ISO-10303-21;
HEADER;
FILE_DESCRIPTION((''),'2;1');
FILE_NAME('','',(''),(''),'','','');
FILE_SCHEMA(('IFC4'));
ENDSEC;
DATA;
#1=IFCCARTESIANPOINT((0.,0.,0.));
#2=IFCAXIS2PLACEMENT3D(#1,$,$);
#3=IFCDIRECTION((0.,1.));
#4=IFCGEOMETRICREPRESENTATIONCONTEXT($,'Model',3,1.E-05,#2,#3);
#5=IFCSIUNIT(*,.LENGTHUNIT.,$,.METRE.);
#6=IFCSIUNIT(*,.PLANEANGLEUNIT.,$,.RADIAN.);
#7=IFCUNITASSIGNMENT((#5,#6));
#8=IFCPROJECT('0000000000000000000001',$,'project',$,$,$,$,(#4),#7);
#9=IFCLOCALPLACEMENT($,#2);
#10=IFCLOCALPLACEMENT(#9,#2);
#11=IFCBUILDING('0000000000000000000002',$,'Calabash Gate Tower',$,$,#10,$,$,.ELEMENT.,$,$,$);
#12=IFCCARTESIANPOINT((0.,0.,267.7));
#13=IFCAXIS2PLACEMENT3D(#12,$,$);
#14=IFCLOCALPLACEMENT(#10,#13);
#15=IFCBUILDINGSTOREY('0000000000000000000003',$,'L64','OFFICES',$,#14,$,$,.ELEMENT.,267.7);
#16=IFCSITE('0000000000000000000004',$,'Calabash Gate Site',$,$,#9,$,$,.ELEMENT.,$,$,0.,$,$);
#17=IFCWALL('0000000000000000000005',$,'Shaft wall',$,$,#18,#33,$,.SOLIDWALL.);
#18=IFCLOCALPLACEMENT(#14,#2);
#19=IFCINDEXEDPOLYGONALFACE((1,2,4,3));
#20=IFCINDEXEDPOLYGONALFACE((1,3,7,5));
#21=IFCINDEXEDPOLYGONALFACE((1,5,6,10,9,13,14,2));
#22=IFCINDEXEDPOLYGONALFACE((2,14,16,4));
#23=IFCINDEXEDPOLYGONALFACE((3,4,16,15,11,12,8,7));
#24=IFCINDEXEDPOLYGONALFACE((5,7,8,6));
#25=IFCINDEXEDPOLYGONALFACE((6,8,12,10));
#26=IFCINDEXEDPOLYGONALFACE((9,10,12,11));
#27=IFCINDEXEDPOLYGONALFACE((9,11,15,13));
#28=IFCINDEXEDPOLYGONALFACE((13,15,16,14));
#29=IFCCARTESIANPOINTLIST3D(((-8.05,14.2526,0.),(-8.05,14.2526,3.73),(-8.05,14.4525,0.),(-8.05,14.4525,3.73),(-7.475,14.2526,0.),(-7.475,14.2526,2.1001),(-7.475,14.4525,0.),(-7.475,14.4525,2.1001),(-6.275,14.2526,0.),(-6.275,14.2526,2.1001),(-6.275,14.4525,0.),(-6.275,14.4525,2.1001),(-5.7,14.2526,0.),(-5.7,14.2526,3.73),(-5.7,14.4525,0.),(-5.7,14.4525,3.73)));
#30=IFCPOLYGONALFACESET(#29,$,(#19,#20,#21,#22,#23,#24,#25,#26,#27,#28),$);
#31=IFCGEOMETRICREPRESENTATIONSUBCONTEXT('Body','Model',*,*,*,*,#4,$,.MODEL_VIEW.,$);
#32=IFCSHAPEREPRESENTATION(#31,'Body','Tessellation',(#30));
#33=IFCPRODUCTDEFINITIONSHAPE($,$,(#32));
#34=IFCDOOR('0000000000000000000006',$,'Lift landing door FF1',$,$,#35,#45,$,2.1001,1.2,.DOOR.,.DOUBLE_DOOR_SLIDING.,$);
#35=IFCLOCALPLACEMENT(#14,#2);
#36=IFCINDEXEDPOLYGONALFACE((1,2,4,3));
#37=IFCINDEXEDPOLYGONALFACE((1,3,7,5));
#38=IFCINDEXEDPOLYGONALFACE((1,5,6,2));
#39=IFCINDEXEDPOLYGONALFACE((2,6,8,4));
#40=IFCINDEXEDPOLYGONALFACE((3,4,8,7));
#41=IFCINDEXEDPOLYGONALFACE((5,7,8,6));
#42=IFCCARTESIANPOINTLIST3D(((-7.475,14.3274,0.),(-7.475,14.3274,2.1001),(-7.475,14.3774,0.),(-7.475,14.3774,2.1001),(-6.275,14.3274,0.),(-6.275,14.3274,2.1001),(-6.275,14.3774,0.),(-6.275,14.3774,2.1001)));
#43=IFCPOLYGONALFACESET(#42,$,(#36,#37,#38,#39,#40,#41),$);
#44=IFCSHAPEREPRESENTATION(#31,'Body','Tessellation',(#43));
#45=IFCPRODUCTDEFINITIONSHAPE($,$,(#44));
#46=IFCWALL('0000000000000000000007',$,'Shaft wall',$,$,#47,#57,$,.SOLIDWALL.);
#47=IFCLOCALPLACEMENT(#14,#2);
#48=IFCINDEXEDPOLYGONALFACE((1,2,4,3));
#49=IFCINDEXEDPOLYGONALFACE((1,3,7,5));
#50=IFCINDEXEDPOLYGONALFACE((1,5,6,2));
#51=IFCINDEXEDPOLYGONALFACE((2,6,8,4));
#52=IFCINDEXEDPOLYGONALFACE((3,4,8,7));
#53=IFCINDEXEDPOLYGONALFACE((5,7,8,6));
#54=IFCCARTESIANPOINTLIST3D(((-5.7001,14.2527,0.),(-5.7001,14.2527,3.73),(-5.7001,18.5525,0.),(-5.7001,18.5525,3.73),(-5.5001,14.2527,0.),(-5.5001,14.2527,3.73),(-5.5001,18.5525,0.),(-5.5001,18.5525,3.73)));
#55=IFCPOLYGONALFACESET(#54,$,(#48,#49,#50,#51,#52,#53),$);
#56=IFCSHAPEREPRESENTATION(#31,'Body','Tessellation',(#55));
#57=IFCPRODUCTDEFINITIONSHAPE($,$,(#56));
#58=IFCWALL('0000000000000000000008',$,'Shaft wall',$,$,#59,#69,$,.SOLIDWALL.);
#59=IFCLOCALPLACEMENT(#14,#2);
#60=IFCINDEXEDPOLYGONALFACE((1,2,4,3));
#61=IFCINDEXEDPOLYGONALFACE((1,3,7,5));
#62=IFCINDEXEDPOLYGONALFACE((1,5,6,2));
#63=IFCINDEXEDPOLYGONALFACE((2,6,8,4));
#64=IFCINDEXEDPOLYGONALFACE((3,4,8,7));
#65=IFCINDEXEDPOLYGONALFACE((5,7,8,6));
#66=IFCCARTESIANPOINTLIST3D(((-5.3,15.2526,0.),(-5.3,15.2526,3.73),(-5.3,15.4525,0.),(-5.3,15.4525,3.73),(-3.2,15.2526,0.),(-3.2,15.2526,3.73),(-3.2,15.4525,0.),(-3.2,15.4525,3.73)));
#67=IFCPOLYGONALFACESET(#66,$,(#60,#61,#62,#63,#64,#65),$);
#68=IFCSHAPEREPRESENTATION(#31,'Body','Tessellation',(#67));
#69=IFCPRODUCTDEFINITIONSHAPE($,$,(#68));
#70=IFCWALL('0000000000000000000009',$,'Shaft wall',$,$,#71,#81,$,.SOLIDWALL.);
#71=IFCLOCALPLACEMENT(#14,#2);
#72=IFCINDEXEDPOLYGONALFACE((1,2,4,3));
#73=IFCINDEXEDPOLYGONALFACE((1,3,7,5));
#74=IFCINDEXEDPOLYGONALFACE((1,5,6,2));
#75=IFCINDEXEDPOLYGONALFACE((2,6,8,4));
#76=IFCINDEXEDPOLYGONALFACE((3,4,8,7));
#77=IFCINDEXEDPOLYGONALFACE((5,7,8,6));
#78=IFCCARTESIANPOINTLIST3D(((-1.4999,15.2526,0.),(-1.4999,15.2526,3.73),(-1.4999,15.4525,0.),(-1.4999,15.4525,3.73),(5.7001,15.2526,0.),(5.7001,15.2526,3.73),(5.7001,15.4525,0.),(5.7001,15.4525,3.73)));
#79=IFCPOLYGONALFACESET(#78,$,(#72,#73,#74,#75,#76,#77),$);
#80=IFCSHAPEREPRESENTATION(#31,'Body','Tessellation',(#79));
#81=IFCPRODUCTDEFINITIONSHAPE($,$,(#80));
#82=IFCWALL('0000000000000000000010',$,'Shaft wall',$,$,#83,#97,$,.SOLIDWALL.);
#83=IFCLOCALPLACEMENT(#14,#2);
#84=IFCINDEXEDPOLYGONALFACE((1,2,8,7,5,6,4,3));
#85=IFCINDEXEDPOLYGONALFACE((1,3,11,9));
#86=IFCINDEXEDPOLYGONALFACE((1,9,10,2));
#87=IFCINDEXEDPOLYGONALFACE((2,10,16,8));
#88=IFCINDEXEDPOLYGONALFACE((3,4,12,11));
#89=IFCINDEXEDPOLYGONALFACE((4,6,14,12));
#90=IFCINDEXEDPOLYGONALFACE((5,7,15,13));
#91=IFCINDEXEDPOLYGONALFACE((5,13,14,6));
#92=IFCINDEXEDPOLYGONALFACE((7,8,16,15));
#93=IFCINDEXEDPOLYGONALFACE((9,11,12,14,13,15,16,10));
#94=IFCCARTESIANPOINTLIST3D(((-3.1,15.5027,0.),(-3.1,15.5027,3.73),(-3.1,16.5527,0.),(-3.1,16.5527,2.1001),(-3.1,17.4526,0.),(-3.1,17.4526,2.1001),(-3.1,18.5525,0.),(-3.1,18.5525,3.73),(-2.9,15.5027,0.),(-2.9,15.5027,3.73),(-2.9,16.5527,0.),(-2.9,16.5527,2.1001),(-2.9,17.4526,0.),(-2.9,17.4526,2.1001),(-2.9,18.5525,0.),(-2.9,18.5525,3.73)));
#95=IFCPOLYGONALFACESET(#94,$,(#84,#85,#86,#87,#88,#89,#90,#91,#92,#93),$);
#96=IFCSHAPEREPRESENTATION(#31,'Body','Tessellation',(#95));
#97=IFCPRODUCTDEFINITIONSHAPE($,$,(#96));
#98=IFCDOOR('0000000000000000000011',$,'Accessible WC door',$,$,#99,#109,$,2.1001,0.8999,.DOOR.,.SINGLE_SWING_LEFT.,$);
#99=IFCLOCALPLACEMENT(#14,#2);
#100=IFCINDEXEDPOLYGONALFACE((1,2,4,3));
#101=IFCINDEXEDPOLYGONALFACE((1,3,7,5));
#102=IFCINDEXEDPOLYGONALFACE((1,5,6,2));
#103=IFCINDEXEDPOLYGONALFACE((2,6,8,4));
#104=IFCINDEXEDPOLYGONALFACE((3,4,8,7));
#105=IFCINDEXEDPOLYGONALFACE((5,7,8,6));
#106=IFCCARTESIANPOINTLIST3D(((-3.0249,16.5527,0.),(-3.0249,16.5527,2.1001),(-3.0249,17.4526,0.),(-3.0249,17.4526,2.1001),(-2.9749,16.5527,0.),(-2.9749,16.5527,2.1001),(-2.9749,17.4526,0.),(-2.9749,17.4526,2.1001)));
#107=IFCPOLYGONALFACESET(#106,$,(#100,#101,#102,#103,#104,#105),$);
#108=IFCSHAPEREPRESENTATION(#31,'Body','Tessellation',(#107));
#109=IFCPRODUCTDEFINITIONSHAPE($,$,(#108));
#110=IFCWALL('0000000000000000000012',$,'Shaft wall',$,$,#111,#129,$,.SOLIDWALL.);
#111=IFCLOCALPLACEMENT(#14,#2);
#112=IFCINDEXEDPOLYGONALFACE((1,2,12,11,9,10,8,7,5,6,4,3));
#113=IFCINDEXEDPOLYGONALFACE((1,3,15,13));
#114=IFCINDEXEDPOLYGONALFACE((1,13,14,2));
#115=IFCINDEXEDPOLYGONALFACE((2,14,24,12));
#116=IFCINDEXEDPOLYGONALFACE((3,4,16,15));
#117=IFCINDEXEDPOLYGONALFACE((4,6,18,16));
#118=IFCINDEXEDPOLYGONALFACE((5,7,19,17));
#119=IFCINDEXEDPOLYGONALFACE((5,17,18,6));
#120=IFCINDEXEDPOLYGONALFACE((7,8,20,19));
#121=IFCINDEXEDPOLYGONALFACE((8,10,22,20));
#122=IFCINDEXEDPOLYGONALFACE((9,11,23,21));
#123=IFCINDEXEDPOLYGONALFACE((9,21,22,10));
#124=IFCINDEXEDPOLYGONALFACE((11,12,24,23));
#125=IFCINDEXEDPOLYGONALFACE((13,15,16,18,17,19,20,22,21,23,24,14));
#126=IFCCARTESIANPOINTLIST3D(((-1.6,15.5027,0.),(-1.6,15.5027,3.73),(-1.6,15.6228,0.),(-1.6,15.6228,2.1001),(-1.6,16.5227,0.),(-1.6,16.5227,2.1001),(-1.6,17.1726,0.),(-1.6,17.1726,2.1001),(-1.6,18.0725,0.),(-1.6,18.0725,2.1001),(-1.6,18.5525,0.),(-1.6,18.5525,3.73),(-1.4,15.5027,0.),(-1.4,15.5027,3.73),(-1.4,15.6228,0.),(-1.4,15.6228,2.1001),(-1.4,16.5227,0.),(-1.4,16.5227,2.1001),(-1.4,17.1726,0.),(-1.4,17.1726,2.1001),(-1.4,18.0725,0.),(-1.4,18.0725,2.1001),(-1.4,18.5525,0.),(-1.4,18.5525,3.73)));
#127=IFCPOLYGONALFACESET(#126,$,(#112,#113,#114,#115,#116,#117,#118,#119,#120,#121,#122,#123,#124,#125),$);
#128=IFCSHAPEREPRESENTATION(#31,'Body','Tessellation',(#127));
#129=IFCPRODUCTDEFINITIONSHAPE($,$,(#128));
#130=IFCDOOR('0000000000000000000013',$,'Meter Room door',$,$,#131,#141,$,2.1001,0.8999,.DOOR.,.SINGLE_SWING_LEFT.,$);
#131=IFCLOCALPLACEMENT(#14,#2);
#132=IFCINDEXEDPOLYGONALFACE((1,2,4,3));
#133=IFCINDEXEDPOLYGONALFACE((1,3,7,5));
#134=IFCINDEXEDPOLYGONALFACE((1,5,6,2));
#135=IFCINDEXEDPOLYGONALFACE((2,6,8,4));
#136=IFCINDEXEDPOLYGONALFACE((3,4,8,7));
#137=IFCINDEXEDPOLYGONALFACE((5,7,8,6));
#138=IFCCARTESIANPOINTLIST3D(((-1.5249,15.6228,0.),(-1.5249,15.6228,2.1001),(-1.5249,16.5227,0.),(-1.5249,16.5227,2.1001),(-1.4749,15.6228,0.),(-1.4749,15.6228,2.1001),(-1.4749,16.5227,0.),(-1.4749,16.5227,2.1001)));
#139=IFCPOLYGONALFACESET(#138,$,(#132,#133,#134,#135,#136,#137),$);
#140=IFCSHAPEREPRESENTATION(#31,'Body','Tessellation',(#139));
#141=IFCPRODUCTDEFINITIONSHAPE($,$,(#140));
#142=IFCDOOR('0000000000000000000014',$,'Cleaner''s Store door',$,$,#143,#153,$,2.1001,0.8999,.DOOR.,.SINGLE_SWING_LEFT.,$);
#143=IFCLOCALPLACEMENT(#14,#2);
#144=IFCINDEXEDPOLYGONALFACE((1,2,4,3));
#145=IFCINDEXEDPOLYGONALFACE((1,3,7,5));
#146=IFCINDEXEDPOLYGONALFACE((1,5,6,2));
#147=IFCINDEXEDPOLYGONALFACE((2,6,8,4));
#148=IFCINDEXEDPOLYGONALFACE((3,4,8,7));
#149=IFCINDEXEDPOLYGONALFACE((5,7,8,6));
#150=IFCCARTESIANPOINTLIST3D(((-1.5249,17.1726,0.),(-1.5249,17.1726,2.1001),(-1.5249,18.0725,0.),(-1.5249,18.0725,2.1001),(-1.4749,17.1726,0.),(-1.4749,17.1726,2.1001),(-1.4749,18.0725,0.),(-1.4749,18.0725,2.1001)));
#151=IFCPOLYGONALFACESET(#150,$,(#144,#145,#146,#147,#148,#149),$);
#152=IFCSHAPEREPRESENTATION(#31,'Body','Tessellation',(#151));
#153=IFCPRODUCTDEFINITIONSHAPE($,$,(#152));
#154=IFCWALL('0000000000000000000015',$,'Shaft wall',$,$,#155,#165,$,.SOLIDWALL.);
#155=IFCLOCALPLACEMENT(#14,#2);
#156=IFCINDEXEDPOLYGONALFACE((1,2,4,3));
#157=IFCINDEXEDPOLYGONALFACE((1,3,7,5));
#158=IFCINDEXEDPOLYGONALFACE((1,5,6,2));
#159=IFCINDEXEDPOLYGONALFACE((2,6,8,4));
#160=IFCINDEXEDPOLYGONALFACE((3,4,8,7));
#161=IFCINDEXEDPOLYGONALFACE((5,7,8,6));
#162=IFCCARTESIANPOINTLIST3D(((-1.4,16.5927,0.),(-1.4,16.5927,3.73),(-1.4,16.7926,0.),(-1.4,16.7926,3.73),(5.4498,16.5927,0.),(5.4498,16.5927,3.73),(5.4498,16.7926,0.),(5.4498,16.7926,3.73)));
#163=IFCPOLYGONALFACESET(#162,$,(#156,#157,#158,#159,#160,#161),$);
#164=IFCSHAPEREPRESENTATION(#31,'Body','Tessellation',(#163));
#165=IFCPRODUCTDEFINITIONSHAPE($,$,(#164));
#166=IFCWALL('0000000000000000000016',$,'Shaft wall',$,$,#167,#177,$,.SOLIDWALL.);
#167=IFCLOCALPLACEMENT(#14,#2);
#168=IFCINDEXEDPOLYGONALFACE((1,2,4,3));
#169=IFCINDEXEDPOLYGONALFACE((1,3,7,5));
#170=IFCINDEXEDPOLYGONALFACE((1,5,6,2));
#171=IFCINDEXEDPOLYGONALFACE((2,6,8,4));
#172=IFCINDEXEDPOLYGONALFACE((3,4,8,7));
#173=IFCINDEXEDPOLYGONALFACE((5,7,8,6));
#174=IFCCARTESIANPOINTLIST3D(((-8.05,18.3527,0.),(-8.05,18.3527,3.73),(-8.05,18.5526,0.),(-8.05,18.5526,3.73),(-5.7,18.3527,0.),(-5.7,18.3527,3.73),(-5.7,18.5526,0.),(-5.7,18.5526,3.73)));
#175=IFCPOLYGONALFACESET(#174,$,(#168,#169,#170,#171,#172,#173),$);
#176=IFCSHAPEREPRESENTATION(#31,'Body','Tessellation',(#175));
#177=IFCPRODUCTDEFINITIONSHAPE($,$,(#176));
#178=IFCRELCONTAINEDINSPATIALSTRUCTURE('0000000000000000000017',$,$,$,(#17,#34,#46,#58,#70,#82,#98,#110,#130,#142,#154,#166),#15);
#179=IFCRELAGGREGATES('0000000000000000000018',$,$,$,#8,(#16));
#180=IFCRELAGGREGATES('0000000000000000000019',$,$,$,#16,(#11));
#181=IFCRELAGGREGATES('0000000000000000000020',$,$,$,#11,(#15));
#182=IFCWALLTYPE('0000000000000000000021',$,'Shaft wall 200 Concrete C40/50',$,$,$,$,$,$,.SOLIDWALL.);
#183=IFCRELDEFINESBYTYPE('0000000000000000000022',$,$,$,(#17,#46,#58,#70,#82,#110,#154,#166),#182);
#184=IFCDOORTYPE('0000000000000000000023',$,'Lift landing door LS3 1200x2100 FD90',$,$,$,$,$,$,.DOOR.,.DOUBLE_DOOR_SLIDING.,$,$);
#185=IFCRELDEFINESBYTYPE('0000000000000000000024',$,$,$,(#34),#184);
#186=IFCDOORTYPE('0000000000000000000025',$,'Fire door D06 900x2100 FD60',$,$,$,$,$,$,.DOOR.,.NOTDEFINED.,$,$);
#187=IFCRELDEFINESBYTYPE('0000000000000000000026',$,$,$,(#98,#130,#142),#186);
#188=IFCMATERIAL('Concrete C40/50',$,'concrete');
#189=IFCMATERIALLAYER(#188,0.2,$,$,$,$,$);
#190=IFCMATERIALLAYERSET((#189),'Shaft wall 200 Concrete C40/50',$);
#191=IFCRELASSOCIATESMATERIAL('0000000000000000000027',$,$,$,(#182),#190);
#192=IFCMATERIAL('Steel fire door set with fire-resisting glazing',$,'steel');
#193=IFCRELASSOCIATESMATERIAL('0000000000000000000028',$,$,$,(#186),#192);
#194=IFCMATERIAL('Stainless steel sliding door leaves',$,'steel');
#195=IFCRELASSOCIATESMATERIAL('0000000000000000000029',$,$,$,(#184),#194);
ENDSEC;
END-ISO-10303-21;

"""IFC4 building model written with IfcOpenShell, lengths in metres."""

from ifc_helpers import new_model, si_unit, direction, frame, frame_2d, origin, place, context, subcontext, project, spatial, rectangle, extrude, material, layer, layer_set, type_object, element, fill, save


model = new_model("IFC4")

# Units and contexts
model_context = context("Model", 3, precision=1e-05, world=origin(), true_north=direction((0.0, 1.0)))
body_context = subcontext(model_context, "Body", "Model", "MODEL_VIEW")
ifc_project = project(units=[si_unit("LENGTHUNIT", "METRE"), si_unit("PLANEANGLEUNIT", "RADIAN")], contexts=[model_context])

# Site, building, storey
site_placement = place(None, origin())
site = spatial("IfcSite", under=ifc_project, at=site_placement, Name="Calabash Gate Site", CompositionType="ELEMENT", RefElevation=0.0)
building_placement = place(site_placement, origin())
building = spatial("IfcBuilding", under=site, at=building_placement, Name="Calabash Gate Tower", CompositionType="ELEMENT")
storey_placement = place(building_placement, frame((0.0, 0.0, 267.7)))
storey = spatial("IfcBuildingStorey", under=building, at=storey_placement, Name="L64", Description="OFFICES", CompositionType="ELEMENT", Elevation=267.7)

# Shared definitions
ifc_material_1 = material(Name="Concrete C40/50", Category="concrete")
ifc_layer_1 = layer(ifc_material_1, 0.2)
ifc_layer_set_1 = layer_set([ifc_layer_1], Name="Shaft wall 200 Concrete C40/50")
wall_type_1 = type_object("IfcWallType", Name="Shaft wall 200 Concrete C40/50", PredefinedType="SOLIDWALL", material=ifc_layer_set_1)
ifc_material_2 = material(Name="Steel fire door set with fire-resisting glazing", Category="steel")
door_type_1 = type_object("IfcDoorType", Name="Fire door D06 900x2100 FD60", OperationType="NOTDEFINED", PredefinedType="DOOR", material=ifc_material_2)

# Wall, opening, door
wall_1_placement = place(storey_placement, frame((-8.05, 14.3525, 0.0), z_axis=(0.0, 0.0, 1.0), x_axis=(1.0, 0.0, 0.0)))
wall_1 = element("IfcWall", 1, at=wall_1_placement, inside=storey, type_object=wall_type_1, Name="Shaft wall", PredefinedType="SOLIDWALL", context=body_context, shape_type="SweptSolid", body=[
    extrude(rectangle(XDim=2.3501, YDim=0.2, at=frame_2d((1.175, 0.0))), origin(), (0.0, 0.0, 1.0), 3.73),
])
opening_1_placement = place(wall_1_placement, frame((0.575, 0.0, 0.0)))
opening_1 = element("IfcOpeningElement", 2, at=opening_1_placement, cuts=wall_1, PredefinedType="OPENING", context=body_context, shape_type="SweptSolid", body=[
    extrude(rectangle(XDim=1.2, YDim=2.1001, at=frame_2d((0.6001, 1.05))), frame((0.0, 0.1099, 0.0), z_axis=(0.0, -1.0, 0.0), x_axis=(1.0, 0.0, 0.0)), (0.0, 0.0, 1.0), 0.22),
])
ifc_material_3 = material(Name="Stainless steel sliding door leaves", Category="steel")
door_type_2 = type_object("IfcDoorType", Name="Lift landing door LS3 1200x2100 FD90", OperationType="DOUBLE_DOOR_SLIDING", PredefinedType="DOOR", material=ifc_material_3)
door_1_placement = place(opening_1_placement, origin())
door_1 = element("IfcDoor", 3, at=door_1_placement, inside=storey, type_object=door_type_2, Name="Lift landing door FF1", OperationType="DOUBLE_DOOR_SLIDING", OverallHeight=2.1001, OverallWidth=1.2, PredefinedType="DOOR", context=body_context, shape_type="SweptSolid", body=[
    extrude(rectangle(XDim=1.2, YDim=2.1001, at=frame_2d((0.6001, 1.05))), frame((0.0, 0.0249, 0.0), z_axis=(0.0, -1.0, 0.0), x_axis=(1.0, 0.0, 0.0)), (0.0, 0.0, 1.0), 0.05),
])
fill(opening_1, door_1)

# Walls
wall_2_placement = place(storey_placement, frame((-5.6001, 14.2527, 0.0), z_axis=(0.0, 0.0, 1.0), x_axis=(0.0, 1.0, 0.0)))
element("IfcWall", 4, at=wall_2_placement, inside=storey, type_object=wall_type_1, Name="Shaft wall", PredefinedType="SOLIDWALL", context=body_context, shape_type="SweptSolid", body=[
    extrude(rectangle(XDim=4.2998, YDim=0.2, at=frame_2d((2.1499, 0.0))), origin(), (0.0, 0.0, 1.0), 3.73),
])
wall_3_placement = place(storey_placement, frame((-5.3, 15.3525, 0.0), z_axis=(0.0, 0.0, 1.0), x_axis=(1.0, 0.0, 0.0)))
element("IfcWall", 5, at=wall_3_placement, inside=storey, type_object=wall_type_1, Name="Shaft wall", PredefinedType="SOLIDWALL", context=body_context, shape_type="SweptSolid", body=[
    extrude(rectangle(XDim=2.1001, YDim=0.2, at=frame_2d((1.05, 0.0))), origin(), (0.0, 0.0, 1.0), 3.73),
])
wall_4_placement = place(storey_placement, frame((-1.5, 15.3525, 0.0), z_axis=(0.0, 0.0, 1.0), x_axis=(1.0, 0.0, 0.0)))
element("IfcWall", 6, at=wall_4_placement, inside=storey, type_object=wall_type_1, Name="Shaft wall", PredefinedType="SOLIDWALL", context=body_context, shape_type="SweptSolid", body=[
    extrude(rectangle(XDim=7.2, YDim=0.2, at=frame_2d((3.6001, 0.0))), origin(), (0.0, 0.0, 1.0), 3.73),
])

# Wall, opening, door
wall_5_placement = place(storey_placement, frame((-3.0, 15.5027, 0.0), z_axis=(0.0, 0.0, 1.0), x_axis=(0.0, 1.0, 0.0)))
wall_5 = element("IfcWall", 7, at=wall_5_placement, inside=storey, type_object=wall_type_1, Name="Shaft wall", PredefinedType="SOLIDWALL", context=body_context, shape_type="SweptSolid", body=[
    extrude(rectangle(XDim=3.0498, YDim=0.2, at=frame_2d((1.5249, 0.0))), origin(), (0.0, 0.0, 1.0), 3.73),
])
opening_2_placement = place(wall_5_placement, frame((1.05, 0.0, 0.0)))
opening_2 = element("IfcOpeningElement", 8, at=opening_2_placement, cuts=wall_5, PredefinedType="OPENING", context=body_context, shape_type="SweptSolid", body=[
    extrude(rectangle(XDim=0.8999, YDim=2.1001, at=frame_2d((0.45, 1.05))), frame((0.0, 0.1099, 0.0), z_axis=(0.0, -1.0, 0.0), x_axis=(1.0, 0.0, 0.0)), (0.0, 0.0, 1.0), 0.22),
])
door_2_placement = place(opening_2_placement, origin())
door_2 = element("IfcDoor", 9, at=door_2_placement, inside=storey, type_object=door_type_1, Name="Accessible WC door", OperationType="SINGLE_SWING_LEFT", OverallHeight=2.1001, OverallWidth=0.8999, PredefinedType="DOOR", context=body_context, shape_type="SweptSolid", body=[
    extrude(rectangle(XDim=0.8999, YDim=2.1001, at=frame_2d((0.45, 1.05))), frame((0.0, 0.0249, 0.0), z_axis=(0.0, -1.0, 0.0), x_axis=(1.0, 0.0, 0.0)), (0.0, 0.0, 1.0), 0.05),
])
fill(opening_2, door_2)

# Wall, openings, doors
wall_6_placement = place(storey_placement, frame((-1.5, 15.5027, 0.0), z_axis=(0.0, 0.0, 1.0), x_axis=(0.0, 1.0, 0.0)))
wall_6 = element("IfcWall", 10, at=wall_6_placement, inside=storey, type_object=wall_type_1, Name="Shaft wall", PredefinedType="SOLIDWALL", context=body_context, shape_type="SweptSolid", body=[
    extrude(rectangle(XDim=3.0498, YDim=0.2, at=frame_2d((1.5249, 0.0))), origin(), (0.0, 0.0, 1.0), 3.73),
])
opening_3_placement = place(wall_6_placement, frame((0.1201, 0.0, 0.0)))
opening_3 = element("IfcOpeningElement", 11, at=opening_3_placement, cuts=wall_6, PredefinedType="OPENING", context=body_context, shape_type="SweptSolid", body=[
    extrude(rectangle(XDim=0.8999, YDim=2.1001, at=frame_2d((0.45, 1.05))), frame((0.0, 0.1099, 0.0), z_axis=(0.0, -1.0, 0.0), x_axis=(1.0, 0.0, 0.0)), (0.0, 0.0, 1.0), 0.22),
])
opening_4_placement = place(wall_6_placement, frame((1.6699, 0.0, 0.0)))
opening_4 = element("IfcOpeningElement", 12, at=opening_4_placement, cuts=wall_6, PredefinedType="OPENING", context=body_context, shape_type="SweptSolid", body=[
    extrude(rectangle(XDim=0.8999, YDim=2.1001, at=frame_2d((0.45, 1.05))), frame((0.0, 0.1099, 0.0), z_axis=(0.0, -1.0, 0.0), x_axis=(1.0, 0.0, 0.0)), (0.0, 0.0, 1.0), 0.22),
])
door_3_placement = place(opening_3_placement, origin())
door_3 = element("IfcDoor", 13, at=door_3_placement, inside=storey, type_object=door_type_1, Name="Meter Room door", OperationType="SINGLE_SWING_LEFT", OverallHeight=2.1001, OverallWidth=0.8999, PredefinedType="DOOR", context=body_context, shape_type="SweptSolid", body=[
    extrude(rectangle(XDim=0.8999, YDim=2.1001, at=frame_2d((0.45, 1.05))), frame((0.0, 0.0249, 0.0), z_axis=(0.0, -1.0, 0.0), x_axis=(1.0, 0.0, 0.0)), (0.0, 0.0, 1.0), 0.05),
])
fill(opening_3, door_3)
door_4_placement = place(opening_4_placement, origin())
door_4 = element("IfcDoor", 14, at=door_4_placement, inside=storey, type_object=door_type_1, Name="Cleaner's Store door", OperationType="SINGLE_SWING_LEFT", OverallHeight=2.1001, OverallWidth=0.8999, PredefinedType="DOOR", context=body_context, shape_type="SweptSolid", body=[
    extrude(rectangle(XDim=0.8999, YDim=2.1001, at=frame_2d((0.45, 1.05))), frame((0.0, 0.0249, 0.0), z_axis=(0.0, -1.0, 0.0), x_axis=(1.0, 0.0, 0.0)), (0.0, 0.0, 1.0), 0.05),
])
fill(opening_4, door_4)

# Walls
wall_7_placement = place(storey_placement, frame((-1.3999, 16.6926, 0.0), z_axis=(0.0, 0.0, 1.0), x_axis=(1.0, 0.0, 0.0)))
element("IfcWall", 15, at=wall_7_placement, inside=storey, type_object=wall_type_1, Name="Shaft wall", PredefinedType="SOLIDWALL", context=body_context, shape_type="SweptSolid", body=[
    extrude(rectangle(XDim=6.8499, YDim=0.2, at=frame_2d((3.4248, 0.0))), origin(), (0.0, 0.0, 1.0), 3.73),
])
wall_8_placement = place(storey_placement, frame((-8.05, 18.4526, 0.0), z_axis=(0.0, 0.0, 1.0), x_axis=(1.0, 0.0, 0.0)))
element("IfcWall", 16, at=wall_8_placement, inside=storey, type_object=wall_type_1, Name="Shaft wall", PredefinedType="SOLIDWALL", context=body_context, shape_type="SweptSolid", body=[
    extrude(rectangle(XDim=2.3501, YDim=0.2, at=frame_2d((1.175, 0.0))), origin(), (0.0, 0.0, 1.0), 3.73),
])

save(model, "model.ifc")
